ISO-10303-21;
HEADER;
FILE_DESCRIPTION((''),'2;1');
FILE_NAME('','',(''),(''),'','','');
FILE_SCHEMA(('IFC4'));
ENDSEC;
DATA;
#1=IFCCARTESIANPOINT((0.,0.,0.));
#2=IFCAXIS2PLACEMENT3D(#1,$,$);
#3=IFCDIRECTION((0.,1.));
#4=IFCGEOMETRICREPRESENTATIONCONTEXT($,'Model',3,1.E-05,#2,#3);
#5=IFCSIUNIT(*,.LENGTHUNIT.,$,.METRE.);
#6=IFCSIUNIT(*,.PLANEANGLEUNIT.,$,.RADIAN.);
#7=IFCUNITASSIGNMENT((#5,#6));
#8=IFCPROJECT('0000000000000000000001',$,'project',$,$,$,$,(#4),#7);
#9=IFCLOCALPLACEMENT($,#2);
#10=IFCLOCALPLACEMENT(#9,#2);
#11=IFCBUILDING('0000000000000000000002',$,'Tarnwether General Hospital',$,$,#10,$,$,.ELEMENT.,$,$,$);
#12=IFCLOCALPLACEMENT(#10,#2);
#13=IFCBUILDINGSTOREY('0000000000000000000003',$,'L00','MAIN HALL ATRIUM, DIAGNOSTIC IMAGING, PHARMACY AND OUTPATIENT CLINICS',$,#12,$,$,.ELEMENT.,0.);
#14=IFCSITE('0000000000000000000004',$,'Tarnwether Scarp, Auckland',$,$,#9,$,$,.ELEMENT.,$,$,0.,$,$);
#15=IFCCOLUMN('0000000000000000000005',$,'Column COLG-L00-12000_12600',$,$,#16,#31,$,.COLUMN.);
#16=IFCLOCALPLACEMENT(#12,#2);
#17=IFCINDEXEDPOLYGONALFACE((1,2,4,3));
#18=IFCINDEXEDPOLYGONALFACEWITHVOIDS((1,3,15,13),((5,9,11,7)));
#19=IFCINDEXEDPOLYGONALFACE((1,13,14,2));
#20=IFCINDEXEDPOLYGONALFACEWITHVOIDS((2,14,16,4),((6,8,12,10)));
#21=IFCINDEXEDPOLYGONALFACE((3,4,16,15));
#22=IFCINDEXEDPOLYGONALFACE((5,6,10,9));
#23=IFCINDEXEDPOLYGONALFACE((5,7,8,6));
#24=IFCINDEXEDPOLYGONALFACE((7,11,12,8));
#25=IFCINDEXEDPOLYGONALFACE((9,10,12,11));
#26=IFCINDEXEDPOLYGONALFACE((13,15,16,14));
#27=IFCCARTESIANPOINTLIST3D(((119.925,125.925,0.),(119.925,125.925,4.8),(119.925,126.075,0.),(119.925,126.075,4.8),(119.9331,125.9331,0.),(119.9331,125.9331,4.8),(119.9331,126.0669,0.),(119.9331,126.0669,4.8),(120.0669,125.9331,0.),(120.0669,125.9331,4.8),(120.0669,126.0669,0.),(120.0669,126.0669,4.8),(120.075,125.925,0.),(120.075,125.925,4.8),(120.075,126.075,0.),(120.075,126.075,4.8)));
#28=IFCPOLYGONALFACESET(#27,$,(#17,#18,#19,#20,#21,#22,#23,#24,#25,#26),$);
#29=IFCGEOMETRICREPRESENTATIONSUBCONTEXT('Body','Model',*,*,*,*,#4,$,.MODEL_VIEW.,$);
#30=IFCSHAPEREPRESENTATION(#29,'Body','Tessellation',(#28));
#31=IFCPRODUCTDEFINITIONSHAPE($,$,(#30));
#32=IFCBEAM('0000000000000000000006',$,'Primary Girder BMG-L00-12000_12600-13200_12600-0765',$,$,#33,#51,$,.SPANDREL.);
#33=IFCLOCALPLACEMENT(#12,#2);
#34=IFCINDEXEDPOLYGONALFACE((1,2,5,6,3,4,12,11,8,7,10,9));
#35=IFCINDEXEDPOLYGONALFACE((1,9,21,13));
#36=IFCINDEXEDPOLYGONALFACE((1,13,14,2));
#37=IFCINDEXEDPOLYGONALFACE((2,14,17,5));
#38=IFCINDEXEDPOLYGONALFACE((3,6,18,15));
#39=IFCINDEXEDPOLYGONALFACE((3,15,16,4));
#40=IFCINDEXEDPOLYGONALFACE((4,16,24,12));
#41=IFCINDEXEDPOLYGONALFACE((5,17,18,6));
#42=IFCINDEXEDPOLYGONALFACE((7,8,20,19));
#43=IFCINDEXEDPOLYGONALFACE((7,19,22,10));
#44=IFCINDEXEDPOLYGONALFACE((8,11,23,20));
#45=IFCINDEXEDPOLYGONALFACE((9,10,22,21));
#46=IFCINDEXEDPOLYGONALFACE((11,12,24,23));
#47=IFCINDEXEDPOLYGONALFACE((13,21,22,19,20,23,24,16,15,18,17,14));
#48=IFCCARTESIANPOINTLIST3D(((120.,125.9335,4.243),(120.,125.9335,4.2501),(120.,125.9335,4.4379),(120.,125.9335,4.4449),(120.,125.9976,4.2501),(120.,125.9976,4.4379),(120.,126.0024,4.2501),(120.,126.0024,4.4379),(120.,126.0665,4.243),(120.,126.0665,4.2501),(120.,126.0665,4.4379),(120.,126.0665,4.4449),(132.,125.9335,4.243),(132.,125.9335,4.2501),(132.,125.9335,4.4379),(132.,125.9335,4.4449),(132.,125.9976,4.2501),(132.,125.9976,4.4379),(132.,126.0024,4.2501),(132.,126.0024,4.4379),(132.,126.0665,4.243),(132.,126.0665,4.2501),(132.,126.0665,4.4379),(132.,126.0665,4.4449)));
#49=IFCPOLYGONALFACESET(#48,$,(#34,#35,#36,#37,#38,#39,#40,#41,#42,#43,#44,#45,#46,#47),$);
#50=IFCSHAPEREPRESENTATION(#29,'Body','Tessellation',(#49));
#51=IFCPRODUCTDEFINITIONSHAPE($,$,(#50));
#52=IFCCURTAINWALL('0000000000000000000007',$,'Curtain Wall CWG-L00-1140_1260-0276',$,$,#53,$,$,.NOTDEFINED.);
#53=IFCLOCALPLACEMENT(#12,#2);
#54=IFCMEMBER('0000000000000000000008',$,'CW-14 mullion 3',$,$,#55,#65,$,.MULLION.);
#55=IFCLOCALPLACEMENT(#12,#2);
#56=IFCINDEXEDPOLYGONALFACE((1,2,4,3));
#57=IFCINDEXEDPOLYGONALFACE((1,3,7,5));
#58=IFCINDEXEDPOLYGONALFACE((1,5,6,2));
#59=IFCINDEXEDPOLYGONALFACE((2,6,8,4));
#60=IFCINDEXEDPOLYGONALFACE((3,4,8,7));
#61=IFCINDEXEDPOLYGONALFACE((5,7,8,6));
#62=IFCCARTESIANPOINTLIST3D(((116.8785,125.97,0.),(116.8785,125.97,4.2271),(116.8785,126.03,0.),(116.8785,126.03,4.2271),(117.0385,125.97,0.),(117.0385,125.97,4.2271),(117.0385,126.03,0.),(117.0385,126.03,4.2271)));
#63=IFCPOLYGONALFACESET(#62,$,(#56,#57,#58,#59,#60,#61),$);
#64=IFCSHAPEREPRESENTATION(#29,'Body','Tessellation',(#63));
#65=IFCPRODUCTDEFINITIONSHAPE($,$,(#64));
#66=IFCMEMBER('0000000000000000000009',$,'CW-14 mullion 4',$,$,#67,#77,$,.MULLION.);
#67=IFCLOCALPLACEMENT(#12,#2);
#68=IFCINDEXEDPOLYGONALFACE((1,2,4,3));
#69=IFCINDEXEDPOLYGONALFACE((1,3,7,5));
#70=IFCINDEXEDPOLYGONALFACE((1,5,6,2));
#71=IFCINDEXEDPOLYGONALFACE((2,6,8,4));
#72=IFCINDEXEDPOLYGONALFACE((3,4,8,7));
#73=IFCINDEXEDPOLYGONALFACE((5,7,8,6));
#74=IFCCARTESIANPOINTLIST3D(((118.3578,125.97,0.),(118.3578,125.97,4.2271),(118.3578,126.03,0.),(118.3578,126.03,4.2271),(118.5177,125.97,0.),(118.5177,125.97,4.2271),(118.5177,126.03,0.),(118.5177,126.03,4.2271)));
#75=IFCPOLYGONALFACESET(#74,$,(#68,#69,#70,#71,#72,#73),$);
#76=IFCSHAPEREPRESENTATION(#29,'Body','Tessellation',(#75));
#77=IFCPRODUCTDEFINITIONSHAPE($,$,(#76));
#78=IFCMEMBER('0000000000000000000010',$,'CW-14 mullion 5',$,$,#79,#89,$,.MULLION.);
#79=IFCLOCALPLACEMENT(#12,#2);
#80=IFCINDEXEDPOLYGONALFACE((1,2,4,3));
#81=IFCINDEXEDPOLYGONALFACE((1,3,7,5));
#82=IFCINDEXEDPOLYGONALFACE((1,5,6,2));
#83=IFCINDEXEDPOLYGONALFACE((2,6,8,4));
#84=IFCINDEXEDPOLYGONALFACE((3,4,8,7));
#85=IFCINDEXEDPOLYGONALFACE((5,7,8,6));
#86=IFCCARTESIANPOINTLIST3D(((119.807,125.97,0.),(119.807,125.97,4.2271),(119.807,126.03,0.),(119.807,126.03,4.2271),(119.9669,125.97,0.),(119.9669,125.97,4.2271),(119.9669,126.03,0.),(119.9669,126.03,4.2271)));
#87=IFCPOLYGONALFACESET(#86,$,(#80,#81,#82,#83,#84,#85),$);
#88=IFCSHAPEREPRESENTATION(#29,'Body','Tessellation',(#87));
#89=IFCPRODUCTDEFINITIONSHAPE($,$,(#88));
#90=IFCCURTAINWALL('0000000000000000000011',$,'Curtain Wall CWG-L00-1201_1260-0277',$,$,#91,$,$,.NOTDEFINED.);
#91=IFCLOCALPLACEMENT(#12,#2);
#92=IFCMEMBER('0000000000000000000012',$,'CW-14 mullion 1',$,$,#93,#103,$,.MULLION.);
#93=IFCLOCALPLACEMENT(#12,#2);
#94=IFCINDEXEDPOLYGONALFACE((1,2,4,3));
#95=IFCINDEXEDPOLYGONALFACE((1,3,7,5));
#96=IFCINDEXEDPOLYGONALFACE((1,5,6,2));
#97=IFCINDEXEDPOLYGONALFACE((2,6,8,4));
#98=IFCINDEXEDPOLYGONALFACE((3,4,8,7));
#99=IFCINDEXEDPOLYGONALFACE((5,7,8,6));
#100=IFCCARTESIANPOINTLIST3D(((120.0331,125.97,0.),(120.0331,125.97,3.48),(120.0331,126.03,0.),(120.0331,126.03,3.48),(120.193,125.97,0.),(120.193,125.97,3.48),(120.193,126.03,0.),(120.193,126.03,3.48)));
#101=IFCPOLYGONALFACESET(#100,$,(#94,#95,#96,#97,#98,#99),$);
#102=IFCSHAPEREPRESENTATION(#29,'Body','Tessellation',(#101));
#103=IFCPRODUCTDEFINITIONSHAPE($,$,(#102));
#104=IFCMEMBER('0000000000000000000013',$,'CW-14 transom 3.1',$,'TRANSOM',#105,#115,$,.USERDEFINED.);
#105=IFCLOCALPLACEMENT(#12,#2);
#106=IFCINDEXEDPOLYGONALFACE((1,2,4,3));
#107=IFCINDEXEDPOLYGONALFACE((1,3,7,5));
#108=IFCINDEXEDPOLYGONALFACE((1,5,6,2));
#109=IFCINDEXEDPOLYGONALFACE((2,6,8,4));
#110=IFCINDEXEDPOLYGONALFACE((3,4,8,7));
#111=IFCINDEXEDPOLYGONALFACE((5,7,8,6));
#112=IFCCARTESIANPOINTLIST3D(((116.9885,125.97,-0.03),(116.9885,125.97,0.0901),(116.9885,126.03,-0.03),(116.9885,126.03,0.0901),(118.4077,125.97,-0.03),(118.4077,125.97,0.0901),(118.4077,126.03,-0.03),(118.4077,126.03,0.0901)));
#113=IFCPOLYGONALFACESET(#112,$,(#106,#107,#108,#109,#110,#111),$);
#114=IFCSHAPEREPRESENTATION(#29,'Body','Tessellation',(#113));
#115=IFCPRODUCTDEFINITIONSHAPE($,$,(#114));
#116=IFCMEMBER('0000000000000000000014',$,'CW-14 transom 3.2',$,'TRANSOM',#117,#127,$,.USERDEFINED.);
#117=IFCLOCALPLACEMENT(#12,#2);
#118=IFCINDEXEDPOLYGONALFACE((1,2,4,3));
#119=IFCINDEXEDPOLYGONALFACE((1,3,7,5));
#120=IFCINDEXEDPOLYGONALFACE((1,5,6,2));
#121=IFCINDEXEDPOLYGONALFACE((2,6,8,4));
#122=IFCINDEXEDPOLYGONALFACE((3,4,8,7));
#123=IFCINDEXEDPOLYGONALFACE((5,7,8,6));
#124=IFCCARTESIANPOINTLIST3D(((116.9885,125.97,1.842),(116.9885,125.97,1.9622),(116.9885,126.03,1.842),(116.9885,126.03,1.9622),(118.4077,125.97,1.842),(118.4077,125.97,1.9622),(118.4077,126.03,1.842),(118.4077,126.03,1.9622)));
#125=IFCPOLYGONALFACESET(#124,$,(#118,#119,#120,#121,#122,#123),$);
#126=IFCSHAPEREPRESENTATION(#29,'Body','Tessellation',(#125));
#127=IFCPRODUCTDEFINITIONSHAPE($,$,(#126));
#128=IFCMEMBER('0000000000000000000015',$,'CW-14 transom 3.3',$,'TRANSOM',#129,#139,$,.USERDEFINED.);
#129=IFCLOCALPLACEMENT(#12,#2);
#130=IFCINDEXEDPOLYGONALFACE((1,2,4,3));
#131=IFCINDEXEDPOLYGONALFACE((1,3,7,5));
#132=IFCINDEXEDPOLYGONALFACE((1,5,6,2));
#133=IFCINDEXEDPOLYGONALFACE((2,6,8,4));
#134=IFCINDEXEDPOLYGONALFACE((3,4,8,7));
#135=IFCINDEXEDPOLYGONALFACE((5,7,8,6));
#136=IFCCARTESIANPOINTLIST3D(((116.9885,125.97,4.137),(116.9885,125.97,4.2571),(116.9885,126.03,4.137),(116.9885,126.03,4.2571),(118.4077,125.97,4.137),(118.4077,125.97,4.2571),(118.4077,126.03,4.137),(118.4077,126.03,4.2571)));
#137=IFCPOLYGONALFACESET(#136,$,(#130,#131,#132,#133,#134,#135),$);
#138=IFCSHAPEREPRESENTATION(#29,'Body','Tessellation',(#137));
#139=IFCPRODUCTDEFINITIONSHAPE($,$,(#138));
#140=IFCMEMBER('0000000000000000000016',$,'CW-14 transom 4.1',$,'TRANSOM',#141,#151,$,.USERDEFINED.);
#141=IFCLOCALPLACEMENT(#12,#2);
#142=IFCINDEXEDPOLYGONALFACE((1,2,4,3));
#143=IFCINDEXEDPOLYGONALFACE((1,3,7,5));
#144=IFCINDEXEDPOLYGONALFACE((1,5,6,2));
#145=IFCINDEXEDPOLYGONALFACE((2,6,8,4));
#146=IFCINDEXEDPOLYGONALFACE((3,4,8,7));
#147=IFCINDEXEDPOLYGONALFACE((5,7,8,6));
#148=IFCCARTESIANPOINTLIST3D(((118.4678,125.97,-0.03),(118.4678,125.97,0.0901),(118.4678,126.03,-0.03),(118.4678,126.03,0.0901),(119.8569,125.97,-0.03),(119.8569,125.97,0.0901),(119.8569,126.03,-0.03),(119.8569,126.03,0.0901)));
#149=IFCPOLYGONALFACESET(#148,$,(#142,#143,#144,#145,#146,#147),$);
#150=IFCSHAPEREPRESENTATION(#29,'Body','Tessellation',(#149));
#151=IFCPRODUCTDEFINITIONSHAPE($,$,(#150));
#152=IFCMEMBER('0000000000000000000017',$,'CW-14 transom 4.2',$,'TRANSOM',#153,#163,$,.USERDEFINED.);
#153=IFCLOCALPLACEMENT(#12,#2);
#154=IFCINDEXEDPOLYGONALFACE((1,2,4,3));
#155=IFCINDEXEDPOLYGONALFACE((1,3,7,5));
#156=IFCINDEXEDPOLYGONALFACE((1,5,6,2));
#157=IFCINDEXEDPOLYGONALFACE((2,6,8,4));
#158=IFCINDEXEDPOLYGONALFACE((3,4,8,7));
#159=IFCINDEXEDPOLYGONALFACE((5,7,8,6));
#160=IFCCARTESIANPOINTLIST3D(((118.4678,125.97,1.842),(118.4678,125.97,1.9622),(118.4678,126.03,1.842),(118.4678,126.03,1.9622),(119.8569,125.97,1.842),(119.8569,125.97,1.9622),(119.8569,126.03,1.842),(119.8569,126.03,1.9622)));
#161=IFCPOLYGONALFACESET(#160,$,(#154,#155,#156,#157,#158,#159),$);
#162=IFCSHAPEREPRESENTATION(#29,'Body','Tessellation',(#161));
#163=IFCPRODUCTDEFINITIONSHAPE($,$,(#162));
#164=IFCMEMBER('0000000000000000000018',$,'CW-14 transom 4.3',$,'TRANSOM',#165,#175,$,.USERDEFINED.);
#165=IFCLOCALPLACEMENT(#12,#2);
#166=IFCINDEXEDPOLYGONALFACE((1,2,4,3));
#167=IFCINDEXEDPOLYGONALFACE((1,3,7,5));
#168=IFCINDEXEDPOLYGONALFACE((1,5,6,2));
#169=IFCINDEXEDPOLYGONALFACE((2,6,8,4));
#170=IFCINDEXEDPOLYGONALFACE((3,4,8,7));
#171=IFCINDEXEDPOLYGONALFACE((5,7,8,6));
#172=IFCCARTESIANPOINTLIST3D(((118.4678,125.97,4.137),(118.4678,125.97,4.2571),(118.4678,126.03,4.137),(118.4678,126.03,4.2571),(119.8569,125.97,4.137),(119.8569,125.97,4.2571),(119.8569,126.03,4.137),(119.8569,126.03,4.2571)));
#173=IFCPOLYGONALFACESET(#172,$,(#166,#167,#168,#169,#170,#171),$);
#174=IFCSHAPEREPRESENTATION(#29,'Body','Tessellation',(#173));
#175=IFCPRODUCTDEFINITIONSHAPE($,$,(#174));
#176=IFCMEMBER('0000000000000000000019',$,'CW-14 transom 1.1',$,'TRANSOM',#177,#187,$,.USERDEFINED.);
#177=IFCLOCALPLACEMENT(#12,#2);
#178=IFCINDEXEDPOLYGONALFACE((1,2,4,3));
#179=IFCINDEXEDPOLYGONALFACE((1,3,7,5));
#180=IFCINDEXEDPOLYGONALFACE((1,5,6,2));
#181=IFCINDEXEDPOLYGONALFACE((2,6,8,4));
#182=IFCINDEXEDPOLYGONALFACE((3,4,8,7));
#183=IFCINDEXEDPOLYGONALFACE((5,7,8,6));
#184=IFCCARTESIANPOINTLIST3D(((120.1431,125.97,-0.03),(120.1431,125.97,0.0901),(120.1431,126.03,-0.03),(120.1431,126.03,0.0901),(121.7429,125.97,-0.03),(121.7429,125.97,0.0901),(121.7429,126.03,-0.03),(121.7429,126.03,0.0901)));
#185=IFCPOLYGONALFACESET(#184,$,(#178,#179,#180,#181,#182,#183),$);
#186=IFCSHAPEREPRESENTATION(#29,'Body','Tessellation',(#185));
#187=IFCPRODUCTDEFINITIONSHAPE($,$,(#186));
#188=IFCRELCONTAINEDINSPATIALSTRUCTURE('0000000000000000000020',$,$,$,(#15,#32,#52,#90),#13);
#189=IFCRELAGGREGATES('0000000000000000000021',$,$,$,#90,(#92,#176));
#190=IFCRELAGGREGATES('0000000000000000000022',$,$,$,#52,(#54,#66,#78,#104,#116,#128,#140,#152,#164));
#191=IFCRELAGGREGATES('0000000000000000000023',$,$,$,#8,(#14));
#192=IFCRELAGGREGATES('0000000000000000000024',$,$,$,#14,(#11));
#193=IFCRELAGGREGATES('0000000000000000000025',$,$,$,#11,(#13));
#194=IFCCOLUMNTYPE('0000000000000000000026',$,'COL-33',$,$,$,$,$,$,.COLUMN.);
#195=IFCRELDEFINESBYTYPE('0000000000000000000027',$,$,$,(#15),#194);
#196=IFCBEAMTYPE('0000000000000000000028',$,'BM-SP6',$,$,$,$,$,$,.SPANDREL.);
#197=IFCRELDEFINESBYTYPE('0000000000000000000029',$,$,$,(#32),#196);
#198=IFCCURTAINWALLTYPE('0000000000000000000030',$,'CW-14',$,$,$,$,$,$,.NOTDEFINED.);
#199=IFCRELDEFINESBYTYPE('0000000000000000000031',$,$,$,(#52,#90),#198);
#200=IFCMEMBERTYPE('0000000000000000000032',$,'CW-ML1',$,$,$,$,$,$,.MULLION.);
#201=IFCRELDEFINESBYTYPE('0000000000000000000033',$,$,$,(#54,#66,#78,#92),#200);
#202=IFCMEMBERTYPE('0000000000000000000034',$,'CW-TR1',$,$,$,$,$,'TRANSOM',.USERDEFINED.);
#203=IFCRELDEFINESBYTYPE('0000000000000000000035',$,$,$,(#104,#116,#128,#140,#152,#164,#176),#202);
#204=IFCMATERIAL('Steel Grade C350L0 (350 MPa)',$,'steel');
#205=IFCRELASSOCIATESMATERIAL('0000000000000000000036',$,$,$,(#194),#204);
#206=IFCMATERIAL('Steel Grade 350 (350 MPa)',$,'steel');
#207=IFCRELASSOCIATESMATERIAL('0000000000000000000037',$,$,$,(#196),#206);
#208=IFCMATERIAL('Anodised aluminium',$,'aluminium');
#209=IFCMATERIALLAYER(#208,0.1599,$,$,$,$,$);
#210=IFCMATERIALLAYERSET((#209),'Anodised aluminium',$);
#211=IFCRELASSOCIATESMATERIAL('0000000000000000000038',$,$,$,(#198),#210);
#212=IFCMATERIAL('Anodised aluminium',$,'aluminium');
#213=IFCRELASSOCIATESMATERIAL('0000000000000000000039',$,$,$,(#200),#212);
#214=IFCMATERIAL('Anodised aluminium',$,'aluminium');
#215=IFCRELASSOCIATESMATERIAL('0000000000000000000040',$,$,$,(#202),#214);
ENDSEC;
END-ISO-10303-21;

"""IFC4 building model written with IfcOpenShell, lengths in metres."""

from ifc_helpers import new_model, si_unit, direction, frame, origin, origin_2d, place, context, subcontext, project, spatial, rectangle, hollow_rectangle, i_section, extrude, material, layer, layer_set, material_profile, profile_set, type_object, element, aggregate, save


model = new_model("IFC4")

# Units and contexts
model_context = context("Model", 3, precision=1e-05, world=origin(), true_north=direction((0.0, 1.0)))
body_context = subcontext(model_context, "Body", "Model", "MODEL_VIEW")
ifc_project = project(units=[si_unit("LENGTHUNIT", "METRE"), si_unit("PLANEANGLEUNIT", "RADIAN")], contexts=[model_context])

# Site, building, storey
site_placement = place(None, origin())
site = spatial("IfcSite", under=ifc_project, at=site_placement, Name="Tarnwether Scarp, Auckland", CompositionType="ELEMENT", RefElevation=0.0)
building_placement = place(site_placement, origin())
building = spatial("IfcBuilding", under=site, at=building_placement, Name="Tarnwether General Hospital", CompositionType="ELEMENT")
storey_placement = place(building_placement, origin())
storey = spatial("IfcBuildingStorey", under=building, at=storey_placement, Name="L00", Description="MAIN HALL ATRIUM, DIAGNOSTIC IMAGING, PHARMACY AND OUTPATIENT CLINICS", CompositionType="ELEMENT", Elevation=0.0)

# Column
ifc_material_1 = material(Name="Steel Grade C350L0 (350 MPa)", Category="steel")
ifc_material_profile_1 = material_profile(ifc_material_1, hollow_rectangle(XDim=0.1499, YDim=0.1499, WallThickness=0.0081, at=origin_2d()), Name="SHS150x150x8")
ifc_profile_set_1 = profile_set([ifc_material_profile_1], Name="Steel Grade C350L0 (350 MPa)")
column_type = type_object("IfcColumnType", Name="COL-33", PredefinedType="COLUMN", material=ifc_profile_set_1)
column_placement = place(storey_placement, frame((120.0, 126.0, 0.0), z_axis=(0.0, 0.0, 1.0), x_axis=(1.0, 0.0, 0.0)))
element("IfcColumn", 1, at=column_placement, inside=storey, type_object=column_type, Name="Column COLG-L00-12000_12600", PredefinedType="COLUMN", context=body_context, shape_type="SweptSolid", body=[
    extrude(hollow_rectangle(XDim=0.1499, YDim=0.1499, WallThickness=0.0081, at=origin_2d()), origin(), (0.0, 0.0, 1.0), 4.8),
])

# Beam
ifc_material_2 = material(Name="Steel Grade 350 (350 MPa)", Category="steel")
ifc_material_profile_2 = material_profile(ifc_material_2, i_section(OverallWidth=0.1331, OverallDepth=0.2019, WebThickness=0.0049, FlangeThickness=0.0071, at=origin_2d()), Name="200UB22.3")
ifc_profile_set_2 = profile_set([ifc_material_profile_2], Name="Steel Grade 350 (350 MPa)")
beam_type = type_object("IfcBeamType", Name="BM-SP6", PredefinedType="SPANDREL", material=ifc_profile_set_2)
beam_placement = place(storey_placement, frame((120.0, 126.0, 4.344), z_axis=(1.0, 0.0, 0.0), x_axis=(0.0, 1.0, 0.0)))
element("IfcBeam", 2, at=beam_placement, inside=storey, type_object=beam_type, Name="Primary Girder BMG-L00-12000_12600-13200_12600-0765", PredefinedType="SPANDREL", context=body_context, shape_type="SweptSolid", body=[
    extrude(i_section(OverallWidth=0.1331, OverallDepth=0.2019, WebThickness=0.0049, FlangeThickness=0.0071, at=origin_2d()), origin(), (0.0, 0.0, 1.0), 12.0),
])

# Curtain wall, members
ifc_material_3 = material(Name="Anodised aluminium", Category="aluminium")
ifc_layer_1 = layer(ifc_material_3, 0.1599)
ifc_layer_set_1 = layer_set([ifc_layer_1], Name="Anodised aluminium")
curtain_wall_type = type_object("IfcCurtainWallType", Name="CW-14", PredefinedType="NOTDEFINED", material=ifc_layer_set_1)
curtain_wall_1_placement = place(storey_placement, origin())
curtain_wall_1 = element("IfcCurtainWall", 3, at=curtain_wall_1_placement, inside=storey, type_object=curtain_wall_type, Name="Curtain Wall CWG-L00-1140_1260-0276", PredefinedType="NOTDEFINED")
ifc_material_4 = material(Name="Anodised aluminium", Category="aluminium")
ifc_material_profile_3 = material_profile(ifc_material_4, rectangle(XDim=0.0601, YDim=0.1599, at=origin_2d()), Name="ALU-MUL-60x160")
ifc_profile_set_3 = profile_set([ifc_material_profile_3], Name="Anodised aluminium")
member_type_1 = type_object("IfcMemberType", Name="CW-ML1", PredefinedType="MULLION", material=ifc_profile_set_3)
member_1_placement = place(storey_placement, frame((116.9585, 126.0, 0.0), z_axis=(0.0, 0.0, 1.0), x_axis=(0.0, 1.0, 0.0)))
member_1 = element("IfcMember", 4, at=member_1_placement, type_object=member_type_1, Name="CW-14 mullion 3", PredefinedType="MULLION", context=body_context, shape_type="SweptSolid", body=[
    extrude(rectangle(XDim=0.0601, YDim=0.1599, at=origin_2d()), origin(), (0.0, 0.0, 1.0), 4.2271),
])
member_2_placement = place(storey_placement, frame((118.4377, 126.0, 0.0), z_axis=(0.0, 0.0, 1.0), x_axis=(0.0, 1.0, 0.0)))
member_2 = element("IfcMember", 5, at=member_2_placement, type_object=member_type_1, Name="CW-14 mullion 4", PredefinedType="MULLION", context=body_context, shape_type="SweptSolid", body=[
    extrude(rectangle(XDim=0.0601, YDim=0.1599, at=origin_2d()), origin(), (0.0, 0.0, 1.0), 4.2271),
])
member_3_placement = place(storey_placement, frame((119.887, 126.0, 0.0), z_axis=(0.0, 0.0, 1.0), x_axis=(0.0, 1.0, 0.0)))
member_3 = element("IfcMember", 6, at=member_3_placement, type_object=member_type_1, Name="CW-14 mullion 5", PredefinedType="MULLION", context=body_context, shape_type="SweptSolid", body=[
    extrude(rectangle(XDim=0.0601, YDim=0.1599, at=origin_2d()), origin(), (0.0, 0.0, 1.0), 4.2271),
])

# Curtain wall, member
curtain_wall_2_placement = place(storey_placement, origin())
curtain_wall_2 = element("IfcCurtainWall", 7, at=curtain_wall_2_placement, inside=storey, type_object=curtain_wall_type, Name="Curtain Wall CWG-L00-1201_1260-0277", PredefinedType="NOTDEFINED")
member_4_placement = place(storey_placement, frame((120.113, 126.0, 0.0), z_axis=(0.0, 0.0, 1.0), x_axis=(0.0, 1.0, 0.0)))
member_4 = element("IfcMember", 8, at=member_4_placement, type_object=member_type_1, Name="CW-14 mullion 1", PredefinedType="MULLION", context=body_context, shape_type="SweptSolid", body=[
    extrude(rectangle(XDim=0.0601, YDim=0.1599, at=origin_2d()), origin(), (0.0, 0.0, 1.0), 3.48),
])

# Members
ifc_material_5 = material(Name="Anodised aluminium", Category="aluminium")
ifc_material_profile_4 = material_profile(ifc_material_5, rectangle(XDim=0.0601, YDim=0.1201, at=origin_2d()), Name="ALU-TRN-60x120")
ifc_profile_set_4 = profile_set([ifc_material_profile_4], Name="Anodised aluminium")
member_type_2 = type_object("IfcMemberType", Name="CW-TR1", ElementType="TRANSOM", PredefinedType="USERDEFINED", material=ifc_profile_set_4)
member_5_placement = place(storey_placement, frame((116.9885, 126.0, 0.03), z_axis=(1.0, 0.0, 0.0), x_axis=(0.0, 1.0, 0.0)))
member_5 = element("IfcMember", 9, at=member_5_placement, type_object=member_type_2, Name="CW-14 transom 3.1", ObjectType="TRANSOM", PredefinedType="USERDEFINED", context=body_context, shape_type="SweptSolid", body=[
    extrude(rectangle(XDim=0.0601, YDim=0.1201, at=origin_2d()), origin(), (0.0, 0.0, 1.0), 1.4192),
])
member_6_placement = place(storey_placement, frame((116.9885, 126.0, 1.9021), z_axis=(1.0, 0.0, 0.0), x_axis=(0.0, 1.0, 0.0)))
member_6 = element("IfcMember", 10, at=member_6_placement, type_object=member_type_2, Name="CW-14 transom 3.2", ObjectType="TRANSOM", PredefinedType="USERDEFINED", context=body_context, shape_type="SweptSolid", body=[
    extrude(rectangle(XDim=0.0601, YDim=0.1201, at=origin_2d()), origin(), (0.0, 0.0, 1.0), 1.4192),
])
member_7_placement = place(storey_placement, frame((116.9885, 126.0, 4.197), z_axis=(1.0, 0.0, 0.0), x_axis=(0.0, 1.0, 0.0)))
member_7 = element("IfcMember", 11, at=member_7_placement, type_object=member_type_2, Name="CW-14 transom 3.3", ObjectType="TRANSOM", PredefinedType="USERDEFINED", context=body_context, shape_type="SweptSolid", body=[
    extrude(rectangle(XDim=0.0601, YDim=0.1201, at=origin_2d()), origin(), (0.0, 0.0, 1.0), 1.4192),
])
member_8_placement = place(storey_placement, frame((118.4678, 126.0, 0.03), z_axis=(1.0, 0.0, 0.0), x_axis=(0.0, 1.0, 0.0)))
member_8 = element("IfcMember", 12, at=member_8_placement, type_object=member_type_2, Name="CW-14 transom 4.1", ObjectType="TRANSOM", PredefinedType="USERDEFINED", context=body_context, shape_type="SweptSolid", body=[
    extrude(rectangle(XDim=0.0601, YDim=0.1201, at=origin_2d()), origin(), (0.0, 0.0, 1.0), 1.3892),
])
member_9_placement = place(storey_placement, frame((118.4678, 126.0, 1.9021), z_axis=(1.0, 0.0, 0.0), x_axis=(0.0, 1.0, 0.0)))
member_9 = element("IfcMember", 13, at=member_9_placement, type_object=member_type_2, Name="CW-14 transom 4.2", ObjectType="TRANSOM", PredefinedType="USERDEFINED", context=body_context, shape_type="SweptSolid", body=[
    extrude(rectangle(XDim=0.0601, YDim=0.1201, at=origin_2d()), origin(), (0.0, 0.0, 1.0), 1.3892),
])
member_10_placement = place(storey_placement, frame((118.4678, 126.0, 4.197), z_axis=(1.0, 0.0, 0.0), x_axis=(0.0, 1.0, 0.0)))
member_10 = element("IfcMember", 14, at=member_10_placement, type_object=member_type_2, Name="CW-14 transom 4.3", ObjectType="TRANSOM", PredefinedType="USERDEFINED", context=body_context, shape_type="SweptSolid", body=[
    extrude(rectangle(XDim=0.0601, YDim=0.1201, at=origin_2d()), origin(), (0.0, 0.0, 1.0), 1.3892),
])
member_11_placement = place(storey_placement, frame((120.1431, 126.0, 0.03), z_axis=(1.0, 0.0, 0.0), x_axis=(0.0, 1.0, 0.0)))
member_11 = element("IfcMember", 15, at=member_11_placement, type_object=member_type_2, Name="CW-14 transom 1.1", ObjectType="TRANSOM", PredefinedType="USERDEFINED", context=body_context, shape_type="SweptSolid", body=[
    extrude(rectangle(XDim=0.0601, YDim=0.1201, at=origin_2d()), origin(), (0.0, 0.0, 1.0), 1.5999),
])
aggregate(curtain_wall_2, [member_4, member_11])

aggregate(curtain_wall_1, [member_1, member_2, member_3, member_5, member_6, member_7, member_8, member_9, member_10])

save(model, "model.ifc")
